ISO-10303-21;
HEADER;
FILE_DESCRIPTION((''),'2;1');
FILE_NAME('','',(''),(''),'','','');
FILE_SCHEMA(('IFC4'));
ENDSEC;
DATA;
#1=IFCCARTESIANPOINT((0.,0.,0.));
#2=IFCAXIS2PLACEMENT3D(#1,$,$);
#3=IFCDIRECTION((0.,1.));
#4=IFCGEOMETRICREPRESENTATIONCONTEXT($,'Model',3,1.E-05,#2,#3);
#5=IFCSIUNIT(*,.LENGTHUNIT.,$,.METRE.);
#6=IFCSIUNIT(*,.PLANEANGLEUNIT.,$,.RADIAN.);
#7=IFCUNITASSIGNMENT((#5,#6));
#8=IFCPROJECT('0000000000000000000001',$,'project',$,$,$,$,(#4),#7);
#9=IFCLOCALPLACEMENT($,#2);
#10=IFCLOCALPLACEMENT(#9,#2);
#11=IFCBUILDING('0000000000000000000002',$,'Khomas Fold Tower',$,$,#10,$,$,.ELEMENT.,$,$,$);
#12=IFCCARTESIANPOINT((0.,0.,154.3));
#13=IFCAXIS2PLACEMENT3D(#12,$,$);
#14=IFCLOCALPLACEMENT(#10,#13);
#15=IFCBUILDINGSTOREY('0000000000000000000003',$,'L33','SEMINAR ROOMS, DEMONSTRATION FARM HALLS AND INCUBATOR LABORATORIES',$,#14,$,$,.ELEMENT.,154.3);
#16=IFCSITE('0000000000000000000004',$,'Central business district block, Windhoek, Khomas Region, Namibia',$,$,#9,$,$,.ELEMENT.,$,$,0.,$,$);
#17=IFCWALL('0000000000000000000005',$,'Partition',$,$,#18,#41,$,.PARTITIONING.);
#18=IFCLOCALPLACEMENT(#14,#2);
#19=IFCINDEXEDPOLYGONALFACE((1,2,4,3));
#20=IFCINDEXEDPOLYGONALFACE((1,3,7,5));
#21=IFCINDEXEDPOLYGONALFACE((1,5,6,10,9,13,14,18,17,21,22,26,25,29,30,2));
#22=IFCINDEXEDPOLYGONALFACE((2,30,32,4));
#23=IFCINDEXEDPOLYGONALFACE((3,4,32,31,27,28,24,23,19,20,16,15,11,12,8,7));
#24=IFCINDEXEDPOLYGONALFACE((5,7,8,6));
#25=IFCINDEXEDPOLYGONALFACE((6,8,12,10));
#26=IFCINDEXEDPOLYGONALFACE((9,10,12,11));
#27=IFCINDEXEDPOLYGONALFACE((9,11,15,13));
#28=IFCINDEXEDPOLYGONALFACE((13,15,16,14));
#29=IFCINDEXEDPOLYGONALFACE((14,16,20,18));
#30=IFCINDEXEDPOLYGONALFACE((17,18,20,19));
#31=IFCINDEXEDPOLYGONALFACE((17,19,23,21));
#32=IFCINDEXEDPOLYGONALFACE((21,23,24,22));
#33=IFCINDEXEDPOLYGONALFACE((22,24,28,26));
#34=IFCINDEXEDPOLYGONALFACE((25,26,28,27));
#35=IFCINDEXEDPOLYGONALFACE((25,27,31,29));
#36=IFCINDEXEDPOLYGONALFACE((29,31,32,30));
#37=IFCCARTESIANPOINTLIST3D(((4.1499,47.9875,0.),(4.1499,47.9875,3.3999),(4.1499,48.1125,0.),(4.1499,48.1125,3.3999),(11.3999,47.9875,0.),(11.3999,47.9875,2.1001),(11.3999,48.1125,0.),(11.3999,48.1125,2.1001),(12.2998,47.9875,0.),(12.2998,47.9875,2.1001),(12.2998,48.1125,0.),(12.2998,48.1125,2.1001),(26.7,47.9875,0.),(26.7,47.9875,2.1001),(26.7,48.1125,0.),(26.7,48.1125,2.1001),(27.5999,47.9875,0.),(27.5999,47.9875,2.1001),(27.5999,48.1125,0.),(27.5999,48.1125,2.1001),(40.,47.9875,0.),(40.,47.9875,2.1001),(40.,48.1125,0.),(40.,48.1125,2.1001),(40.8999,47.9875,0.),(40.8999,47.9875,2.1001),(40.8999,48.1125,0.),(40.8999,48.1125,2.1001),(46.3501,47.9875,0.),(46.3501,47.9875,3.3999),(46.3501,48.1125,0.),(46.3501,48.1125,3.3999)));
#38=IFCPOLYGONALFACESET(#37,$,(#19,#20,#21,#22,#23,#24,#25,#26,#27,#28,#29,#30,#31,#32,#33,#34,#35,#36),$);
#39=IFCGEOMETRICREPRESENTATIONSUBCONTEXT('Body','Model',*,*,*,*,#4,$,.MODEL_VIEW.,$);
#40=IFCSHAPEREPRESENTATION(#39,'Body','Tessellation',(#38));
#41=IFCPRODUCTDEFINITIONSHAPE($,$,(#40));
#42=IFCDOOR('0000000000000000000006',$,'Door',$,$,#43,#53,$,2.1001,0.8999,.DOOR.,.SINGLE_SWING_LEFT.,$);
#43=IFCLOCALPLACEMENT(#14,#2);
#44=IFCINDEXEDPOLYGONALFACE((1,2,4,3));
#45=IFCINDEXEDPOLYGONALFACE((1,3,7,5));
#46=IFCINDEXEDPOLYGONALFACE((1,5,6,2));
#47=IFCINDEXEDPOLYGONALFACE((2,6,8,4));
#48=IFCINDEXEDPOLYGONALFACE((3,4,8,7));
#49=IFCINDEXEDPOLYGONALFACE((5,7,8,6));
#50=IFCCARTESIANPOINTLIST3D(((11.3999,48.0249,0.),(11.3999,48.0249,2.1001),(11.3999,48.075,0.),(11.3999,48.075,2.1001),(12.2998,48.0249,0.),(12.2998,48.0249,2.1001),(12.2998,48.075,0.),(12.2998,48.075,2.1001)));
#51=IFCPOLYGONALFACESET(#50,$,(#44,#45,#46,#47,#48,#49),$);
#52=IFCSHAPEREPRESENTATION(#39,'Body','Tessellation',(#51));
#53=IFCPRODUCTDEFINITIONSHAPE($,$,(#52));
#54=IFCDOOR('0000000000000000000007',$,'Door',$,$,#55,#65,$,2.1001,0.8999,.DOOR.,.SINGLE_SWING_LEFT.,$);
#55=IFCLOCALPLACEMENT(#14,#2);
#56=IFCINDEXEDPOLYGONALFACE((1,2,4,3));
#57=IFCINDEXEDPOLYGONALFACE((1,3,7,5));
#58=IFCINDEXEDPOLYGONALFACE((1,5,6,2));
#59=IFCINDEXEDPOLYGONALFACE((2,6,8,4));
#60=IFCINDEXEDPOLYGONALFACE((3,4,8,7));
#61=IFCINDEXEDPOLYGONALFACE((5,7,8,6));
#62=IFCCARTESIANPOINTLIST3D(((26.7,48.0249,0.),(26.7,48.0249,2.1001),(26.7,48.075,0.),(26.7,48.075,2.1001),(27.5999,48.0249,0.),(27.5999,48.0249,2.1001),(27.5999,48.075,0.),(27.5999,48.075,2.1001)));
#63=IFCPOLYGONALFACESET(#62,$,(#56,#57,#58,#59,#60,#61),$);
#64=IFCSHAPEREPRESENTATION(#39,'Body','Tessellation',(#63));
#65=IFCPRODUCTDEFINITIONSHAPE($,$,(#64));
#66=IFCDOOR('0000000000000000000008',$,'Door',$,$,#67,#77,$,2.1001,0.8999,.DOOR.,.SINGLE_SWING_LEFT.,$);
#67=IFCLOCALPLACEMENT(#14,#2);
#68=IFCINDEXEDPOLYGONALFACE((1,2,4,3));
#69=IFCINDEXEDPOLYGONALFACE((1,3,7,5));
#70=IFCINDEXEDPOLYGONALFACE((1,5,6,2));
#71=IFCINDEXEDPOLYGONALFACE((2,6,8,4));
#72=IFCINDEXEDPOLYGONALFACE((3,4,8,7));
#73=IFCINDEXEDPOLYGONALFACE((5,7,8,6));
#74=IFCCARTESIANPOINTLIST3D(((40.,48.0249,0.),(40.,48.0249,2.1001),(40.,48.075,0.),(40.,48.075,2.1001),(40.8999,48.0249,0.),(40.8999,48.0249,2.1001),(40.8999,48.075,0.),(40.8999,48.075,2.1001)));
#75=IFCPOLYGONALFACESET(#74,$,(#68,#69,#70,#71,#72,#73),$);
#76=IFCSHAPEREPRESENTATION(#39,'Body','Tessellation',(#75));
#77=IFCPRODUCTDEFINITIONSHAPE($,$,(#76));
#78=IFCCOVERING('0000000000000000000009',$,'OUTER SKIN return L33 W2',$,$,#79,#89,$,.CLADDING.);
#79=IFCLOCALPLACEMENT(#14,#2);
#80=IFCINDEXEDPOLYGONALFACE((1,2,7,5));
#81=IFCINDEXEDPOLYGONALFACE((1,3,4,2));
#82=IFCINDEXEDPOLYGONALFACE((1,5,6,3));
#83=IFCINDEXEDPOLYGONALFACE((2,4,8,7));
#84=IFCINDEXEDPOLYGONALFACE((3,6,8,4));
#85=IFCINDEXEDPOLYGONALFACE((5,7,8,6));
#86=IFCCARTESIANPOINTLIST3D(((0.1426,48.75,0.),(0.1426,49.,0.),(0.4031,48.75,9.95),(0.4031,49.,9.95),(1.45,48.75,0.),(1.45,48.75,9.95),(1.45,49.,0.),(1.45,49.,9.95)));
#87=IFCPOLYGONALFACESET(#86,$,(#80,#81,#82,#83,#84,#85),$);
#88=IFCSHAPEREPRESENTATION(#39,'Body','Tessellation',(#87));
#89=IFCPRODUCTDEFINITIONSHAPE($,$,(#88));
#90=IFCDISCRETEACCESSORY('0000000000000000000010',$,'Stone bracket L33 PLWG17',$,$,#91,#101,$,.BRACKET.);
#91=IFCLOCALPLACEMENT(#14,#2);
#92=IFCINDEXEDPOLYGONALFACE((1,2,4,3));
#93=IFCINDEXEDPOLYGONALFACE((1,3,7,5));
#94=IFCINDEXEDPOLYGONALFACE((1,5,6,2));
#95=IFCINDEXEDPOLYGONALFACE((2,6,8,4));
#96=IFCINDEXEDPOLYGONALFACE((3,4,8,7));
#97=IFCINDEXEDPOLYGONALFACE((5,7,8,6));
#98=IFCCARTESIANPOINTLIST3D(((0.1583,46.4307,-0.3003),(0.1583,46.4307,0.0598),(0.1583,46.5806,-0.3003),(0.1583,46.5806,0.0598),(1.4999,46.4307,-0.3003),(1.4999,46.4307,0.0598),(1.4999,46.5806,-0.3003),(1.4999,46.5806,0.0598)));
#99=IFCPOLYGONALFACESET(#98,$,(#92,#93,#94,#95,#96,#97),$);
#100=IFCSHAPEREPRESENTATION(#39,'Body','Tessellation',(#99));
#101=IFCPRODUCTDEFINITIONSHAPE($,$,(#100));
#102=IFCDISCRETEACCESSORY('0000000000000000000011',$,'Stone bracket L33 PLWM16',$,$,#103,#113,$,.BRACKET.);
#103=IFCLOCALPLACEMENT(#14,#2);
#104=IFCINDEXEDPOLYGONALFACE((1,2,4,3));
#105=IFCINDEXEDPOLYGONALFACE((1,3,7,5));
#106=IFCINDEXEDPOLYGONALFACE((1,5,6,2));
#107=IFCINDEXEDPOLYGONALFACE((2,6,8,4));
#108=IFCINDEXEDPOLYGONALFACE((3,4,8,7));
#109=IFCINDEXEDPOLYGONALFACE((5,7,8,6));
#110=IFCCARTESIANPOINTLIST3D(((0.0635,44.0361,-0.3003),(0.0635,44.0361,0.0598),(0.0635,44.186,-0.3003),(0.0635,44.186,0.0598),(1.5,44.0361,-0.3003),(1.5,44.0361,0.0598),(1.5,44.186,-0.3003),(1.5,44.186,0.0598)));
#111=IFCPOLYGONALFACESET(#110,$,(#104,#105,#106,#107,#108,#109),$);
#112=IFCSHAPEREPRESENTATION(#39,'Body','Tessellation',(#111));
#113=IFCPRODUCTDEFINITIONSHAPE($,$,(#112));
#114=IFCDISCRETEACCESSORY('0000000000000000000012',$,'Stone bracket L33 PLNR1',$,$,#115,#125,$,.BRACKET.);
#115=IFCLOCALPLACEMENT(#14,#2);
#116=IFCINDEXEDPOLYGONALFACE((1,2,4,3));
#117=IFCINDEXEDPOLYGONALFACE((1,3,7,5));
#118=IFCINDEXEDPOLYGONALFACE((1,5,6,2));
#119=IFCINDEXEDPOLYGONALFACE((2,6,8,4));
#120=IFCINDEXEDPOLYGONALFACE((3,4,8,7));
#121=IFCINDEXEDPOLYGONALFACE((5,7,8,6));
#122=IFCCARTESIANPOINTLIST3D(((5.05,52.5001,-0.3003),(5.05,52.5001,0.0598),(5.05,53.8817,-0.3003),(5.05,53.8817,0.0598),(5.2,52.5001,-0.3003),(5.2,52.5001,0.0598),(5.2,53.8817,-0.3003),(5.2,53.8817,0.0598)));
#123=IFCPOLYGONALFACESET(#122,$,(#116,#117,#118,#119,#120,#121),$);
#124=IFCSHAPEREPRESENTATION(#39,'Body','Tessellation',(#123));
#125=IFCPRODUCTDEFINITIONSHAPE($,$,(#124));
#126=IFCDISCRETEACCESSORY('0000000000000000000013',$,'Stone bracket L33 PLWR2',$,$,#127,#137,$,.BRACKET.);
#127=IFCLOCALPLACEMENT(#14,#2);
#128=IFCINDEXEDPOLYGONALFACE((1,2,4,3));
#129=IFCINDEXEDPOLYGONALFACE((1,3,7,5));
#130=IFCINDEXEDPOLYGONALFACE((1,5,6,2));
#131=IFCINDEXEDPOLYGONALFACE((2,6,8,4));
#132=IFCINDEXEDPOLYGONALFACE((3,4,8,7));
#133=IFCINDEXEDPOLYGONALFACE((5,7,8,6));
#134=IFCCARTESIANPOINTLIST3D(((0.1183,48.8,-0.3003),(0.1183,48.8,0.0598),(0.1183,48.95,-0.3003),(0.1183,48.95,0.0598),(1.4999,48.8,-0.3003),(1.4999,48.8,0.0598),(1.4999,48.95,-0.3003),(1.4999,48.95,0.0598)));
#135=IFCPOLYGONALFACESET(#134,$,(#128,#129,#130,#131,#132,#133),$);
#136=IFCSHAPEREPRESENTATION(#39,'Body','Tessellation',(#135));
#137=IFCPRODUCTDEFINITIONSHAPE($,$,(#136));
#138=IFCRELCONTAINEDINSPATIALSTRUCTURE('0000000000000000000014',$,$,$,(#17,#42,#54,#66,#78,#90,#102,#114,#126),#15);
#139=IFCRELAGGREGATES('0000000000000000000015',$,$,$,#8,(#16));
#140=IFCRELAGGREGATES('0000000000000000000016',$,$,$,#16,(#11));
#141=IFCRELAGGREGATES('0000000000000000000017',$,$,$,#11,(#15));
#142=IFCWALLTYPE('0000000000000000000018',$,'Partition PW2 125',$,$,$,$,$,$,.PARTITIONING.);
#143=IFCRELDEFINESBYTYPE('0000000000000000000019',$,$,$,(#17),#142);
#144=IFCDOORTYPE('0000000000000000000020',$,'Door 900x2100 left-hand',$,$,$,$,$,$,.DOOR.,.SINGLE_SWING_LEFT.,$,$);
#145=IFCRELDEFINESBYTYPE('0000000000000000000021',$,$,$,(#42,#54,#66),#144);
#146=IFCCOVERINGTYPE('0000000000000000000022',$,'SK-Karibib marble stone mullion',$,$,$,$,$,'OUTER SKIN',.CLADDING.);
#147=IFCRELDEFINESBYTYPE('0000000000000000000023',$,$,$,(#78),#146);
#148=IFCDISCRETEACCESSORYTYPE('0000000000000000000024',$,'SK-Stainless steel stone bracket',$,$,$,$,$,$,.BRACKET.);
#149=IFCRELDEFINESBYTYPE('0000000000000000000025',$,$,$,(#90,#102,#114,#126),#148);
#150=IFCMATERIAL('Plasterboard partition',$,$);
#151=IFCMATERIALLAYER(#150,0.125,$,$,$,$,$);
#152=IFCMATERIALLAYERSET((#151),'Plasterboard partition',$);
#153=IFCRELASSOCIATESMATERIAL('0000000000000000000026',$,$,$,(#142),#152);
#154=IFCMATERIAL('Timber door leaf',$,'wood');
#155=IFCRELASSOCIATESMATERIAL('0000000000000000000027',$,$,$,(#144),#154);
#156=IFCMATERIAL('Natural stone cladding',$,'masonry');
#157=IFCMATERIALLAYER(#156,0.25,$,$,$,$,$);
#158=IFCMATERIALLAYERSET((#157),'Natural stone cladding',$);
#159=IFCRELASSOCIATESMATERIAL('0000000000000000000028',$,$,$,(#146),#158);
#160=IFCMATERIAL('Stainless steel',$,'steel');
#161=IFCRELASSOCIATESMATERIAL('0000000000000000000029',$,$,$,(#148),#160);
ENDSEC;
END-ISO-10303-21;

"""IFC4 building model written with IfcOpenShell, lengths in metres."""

from ifc_helpers import new_model, si_unit, direction, frame, frame_2d, origin, origin_2d, place, context, subcontext, project, spatial, polyline, rectangle, outline, extrude, source, transform, mapped, material, layer, layer_set, type_object, element, fill, save


model = new_model("IFC4")

# Units and contexts
model_context = context("Model", 3, precision=1e-05, world=origin(), true_north=direction((0.0, 1.0)))
body_context = subcontext(model_context, "Body", "Model", "MODEL_VIEW")
ifc_project = project(units=[si_unit("LENGTHUNIT", "METRE"), si_unit("PLANEANGLEUNIT", "RADIAN")], contexts=[model_context])

# Site, building, storey
site_placement = place(None, origin())
site = spatial("IfcSite", under=ifc_project, at=site_placement, Name="Central business district block, Windhoek, Khomas Region, Namibia", CompositionType="ELEMENT", RefElevation=0.0)
building_placement = place(site_placement, origin())
building = spatial("IfcBuilding", under=site, at=building_placement, Name="Khomas Fold Tower", CompositionType="ELEMENT")
storey_placement = place(building_placement, frame((0.0, 0.0, 154.3)))
storey = spatial("IfcBuildingStorey", under=building, at=storey_placement, Name="L33", Description="SEMINAR ROOMS, DEMONSTRATION FARM HALLS AND INCUBATOR LABORATORIES", CompositionType="ELEMENT", Elevation=154.3)

# Wall, openings, doors
ifc_material_1 = material(Name="Plasterboard partition")
ifc_layer_1 = layer(ifc_material_1, 0.125)
ifc_layer_set_1 = layer_set([ifc_layer_1], Name="Plasterboard partition")
wall_type_1 = type_object("IfcWallType", Name="Partition PW2 125", PredefinedType="PARTITIONING", material=ifc_layer_set_1)
shared_shape_1 = source(origin(), body_context, "Body", "SweptSolid", [
    extrude(rectangle(XDim=42.2002, YDim=0.125, at=frame_2d((21.1001, 0.0))), origin(), (0.0, 0.0, 1.0), 3.3999),
])
wall_1_placement = place(storey_placement, frame((4.1499, 48.05, 0.0), z_axis=(0.0, 0.0, 1.0), x_axis=(1.0, 0.0, 0.0)))
wall_1 = element("IfcWall", 1, at=wall_1_placement, inside=storey, type_object=wall_type_1, Name="Partition", PredefinedType="PARTITIONING", context=body_context, shape_type="MappedRepresentation", body=[
    mapped(shared_shape_1, transform((0.0, 0.0, 0.0))),
])
shared_shape_2 = source(origin(), body_context, "Body", "SweptSolid", [
    extrude(rectangle(XDim=0.8999, YDim=2.1001, at=frame_2d((0.45, 1.05))), frame((0.0, 0.0725, 0.0), z_axis=(0.0, -1.0, 0.0), x_axis=(1.0, 0.0, 0.0)), (0.0, 0.0, 1.0), 0.145),
])
opening_1_placement = place(wall_1_placement, frame((7.25, 0.0, 0.0)))
opening_1 = element("IfcOpeningElement", 2, at=opening_1_placement, cuts=wall_1, PredefinedType="OPENING", context=body_context, shape_type="MappedRepresentation", body=[
    mapped(shared_shape_2, transform((0.0, 0.0, 0.0))),
])
opening_2_placement = place(wall_1_placement, frame((22.55, 0.0, 0.0)))
opening_2 = element("IfcOpeningElement", 3, at=opening_2_placement, cuts=wall_1, PredefinedType="OPENING", context=body_context, shape_type="MappedRepresentation", body=[
    mapped(shared_shape_2, transform((0.0, 0.0, 0.0))),
])
opening_3_placement = place(wall_1_placement, frame((35.8501, 0.0, 0.0)))
opening_3 = element("IfcOpeningElement", 4, at=opening_3_placement, cuts=wall_1, PredefinedType="OPENING", context=body_context, shape_type="MappedRepresentation", body=[
    mapped(shared_shape_2, transform((0.0, 0.0, 0.0))),
])
ifc_material_2 = material(Name="Timber door leaf", Category="wood")
door_type = type_object("IfcDoorType", Name="Door 900x2100 left-hand", OperationType="SINGLE_SWING_LEFT", PredefinedType="DOOR", material=ifc_material_2)
shared_shape_3 = source(origin(), body_context, "Body", "SweptSolid", [
    extrude(rectangle(XDim=0.8999, YDim=2.1001, at=frame_2d((0.45, 1.05))), frame((0.0, 0.0249, 0.0), z_axis=(0.0, -1.0, 0.0), x_axis=(1.0, 0.0, 0.0)), (0.0, 0.0, 1.0), 0.05),
])
door_1_placement = place(opening_1_placement, origin())
door_1 = element("IfcDoor", 5, at=door_1_placement, inside=storey, type_object=door_type, Name="Door", OperationType="SINGLE_SWING_LEFT", OverallHeight=2.1001, OverallWidth=0.8999, PredefinedType="DOOR", context=body_context, shape_type="MappedRepresentation", body=[
    mapped(shared_shape_3, transform((0.0, 0.0, 0.0))),
])
fill(opening_1, door_1)
door_2_placement = place(opening_2_placement, origin())
door_2 = element("IfcDoor", 6, at=door_2_placement, inside=storey, type_object=door_type, Name="Door", OperationType="SINGLE_SWING_LEFT", OverallHeight=2.1001, OverallWidth=0.8999, PredefinedType="DOOR", context=body_context, shape_type="MappedRepresentation", body=[
    mapped(shared_shape_3, transform((0.0, 0.0, 0.0))),
])
fill(opening_2, door_2)
door_3_placement = place(opening_3_placement, origin())
door_3 = element("IfcDoor", 7, at=door_3_placement, inside=storey, type_object=door_type, Name="Door", OperationType="SINGLE_SWING_LEFT", OverallHeight=2.1001, OverallWidth=0.8999, PredefinedType="DOOR", context=body_context, shape_type="MappedRepresentation", body=[
    mapped(shared_shape_3, transform((0.0, 0.0, 0.0))),
])
fill(opening_3, door_3)

# Covering
ifc_material_3 = material(Name="Natural stone cladding", Category="masonry")
ifc_layer_2 = layer(ifc_material_3, 0.25)
ifc_layer_set_2 = layer_set([ifc_layer_2], Name="Natural stone cladding")
covering_type = type_object("IfcCoveringType", Name="SK-Karibib marble stone mullion", ElementType="OUTER SKIN", PredefinedType="CLADDING", material=ifc_layer_set_2)
covering_placement = place(storey_placement, frame((1.45, 49.0, 0.0), z_axis=(0.0, 1.0, 0.0), x_axis=(-1.0, 0.0, 0.0)))
element("IfcCovering", 8, at=covering_placement, inside=storey, type_object=covering_type, Name="OUTER SKIN return L33 W2", PredefinedType="CLADDING", context=body_context, shape_type="SweptSolid", body=[
    extrude(outline(polyline([(0.0, 0.0), (1.3074, 0.0), (1.0469, 9.95), (0.0, 9.95), (0.0, 0.0)])), origin(), (0.0, 0.0, -1.0), 0.25),
])

# Discrete accessories
ifc_material_4 = material(Name="Stainless steel", Category="steel")
discrete_accessory_type = type_object("IfcDiscreteAccessoryType", Name="SK-Stainless steel stone bracket", PredefinedType="BRACKET", material=ifc_material_4)
shared_shape_4 = source(origin(), body_context, "Body", "SweptSolid", [
    extrude(rectangle(XDim=1.3416, YDim=0.1499, at=origin_2d()), origin(), (0.0, 0.0, 1.0), 0.3601),
])
discrete_accessory_1_placement = place(storey_placement, frame((0.8291, 46.5056, -0.3003), z_axis=(0.0, 0.0, 1.0), x_axis=(-1.0, 0.0, 0.0)))
element("IfcDiscreteAccessory", 9, at=discrete_accessory_1_placement, inside=storey, type_object=discrete_accessory_type, Name="Stone bracket L33 PLWG17", PredefinedType="BRACKET", context=body_context, shape_type="MappedRepresentation", body=[
    mapped(shared_shape_4, transform((0.0, 0.0, 0.0))),
])
shared_shape_5 = source(origin(), body_context, "Body", "SweptSolid", [
    extrude(rectangle(XDim=1.4365, YDim=0.1499, at=origin_2d()), origin(), (0.0, 0.0, 1.0), 0.3601),
])
discrete_accessory_2_placement = place(storey_placement, frame((0.7817, 44.1111, -0.3003), z_axis=(0.0, 0.0, 1.0), x_axis=(-1.0, 0.0, 0.0)))
element("IfcDiscreteAccessory", 10, at=discrete_accessory_2_placement, inside=storey, type_object=discrete_accessory_type, Name="Stone bracket L33 PLWM16", PredefinedType="BRACKET", context=body_context, shape_type="MappedRepresentation", body=[
    mapped(shared_shape_5, transform((0.0, 0.0, 0.0))),
])
shared_shape_6 = source(origin(), body_context, "Body", "SweptSolid", [
    extrude(rectangle(XDim=1.3816, YDim=0.1499, at=origin_2d()), origin(), (0.0, 0.0, 1.0), 0.3601),
])
for number, where, z_axis, x_axis, name in (
    (11, (5.125, 53.1909, -0.3003), (0.0, 0.0, 1.0), (0.0, 1.0, 0.0), "Stone bracket L33 PLNR1"),
    (12, (0.8091, 48.875, -0.3003), (0.0, 0.0, 1.0), (-1.0, 0.0, 0.0), "Stone bracket L33 PLWR2"),
):
    element("IfcDiscreteAccessory", number, at=place(storey_placement, frame(where, z_axis=z_axis, x_axis=x_axis)), inside=storey, type_object=discrete_accessory_type, Name=name, PredefinedType="BRACKET", context=body_context, shape_type="MappedRepresentation", body=[
        mapped(shared_shape_6, transform((0.0, 0.0, 0.0))),
    ])

save(model, "model.ifc")
